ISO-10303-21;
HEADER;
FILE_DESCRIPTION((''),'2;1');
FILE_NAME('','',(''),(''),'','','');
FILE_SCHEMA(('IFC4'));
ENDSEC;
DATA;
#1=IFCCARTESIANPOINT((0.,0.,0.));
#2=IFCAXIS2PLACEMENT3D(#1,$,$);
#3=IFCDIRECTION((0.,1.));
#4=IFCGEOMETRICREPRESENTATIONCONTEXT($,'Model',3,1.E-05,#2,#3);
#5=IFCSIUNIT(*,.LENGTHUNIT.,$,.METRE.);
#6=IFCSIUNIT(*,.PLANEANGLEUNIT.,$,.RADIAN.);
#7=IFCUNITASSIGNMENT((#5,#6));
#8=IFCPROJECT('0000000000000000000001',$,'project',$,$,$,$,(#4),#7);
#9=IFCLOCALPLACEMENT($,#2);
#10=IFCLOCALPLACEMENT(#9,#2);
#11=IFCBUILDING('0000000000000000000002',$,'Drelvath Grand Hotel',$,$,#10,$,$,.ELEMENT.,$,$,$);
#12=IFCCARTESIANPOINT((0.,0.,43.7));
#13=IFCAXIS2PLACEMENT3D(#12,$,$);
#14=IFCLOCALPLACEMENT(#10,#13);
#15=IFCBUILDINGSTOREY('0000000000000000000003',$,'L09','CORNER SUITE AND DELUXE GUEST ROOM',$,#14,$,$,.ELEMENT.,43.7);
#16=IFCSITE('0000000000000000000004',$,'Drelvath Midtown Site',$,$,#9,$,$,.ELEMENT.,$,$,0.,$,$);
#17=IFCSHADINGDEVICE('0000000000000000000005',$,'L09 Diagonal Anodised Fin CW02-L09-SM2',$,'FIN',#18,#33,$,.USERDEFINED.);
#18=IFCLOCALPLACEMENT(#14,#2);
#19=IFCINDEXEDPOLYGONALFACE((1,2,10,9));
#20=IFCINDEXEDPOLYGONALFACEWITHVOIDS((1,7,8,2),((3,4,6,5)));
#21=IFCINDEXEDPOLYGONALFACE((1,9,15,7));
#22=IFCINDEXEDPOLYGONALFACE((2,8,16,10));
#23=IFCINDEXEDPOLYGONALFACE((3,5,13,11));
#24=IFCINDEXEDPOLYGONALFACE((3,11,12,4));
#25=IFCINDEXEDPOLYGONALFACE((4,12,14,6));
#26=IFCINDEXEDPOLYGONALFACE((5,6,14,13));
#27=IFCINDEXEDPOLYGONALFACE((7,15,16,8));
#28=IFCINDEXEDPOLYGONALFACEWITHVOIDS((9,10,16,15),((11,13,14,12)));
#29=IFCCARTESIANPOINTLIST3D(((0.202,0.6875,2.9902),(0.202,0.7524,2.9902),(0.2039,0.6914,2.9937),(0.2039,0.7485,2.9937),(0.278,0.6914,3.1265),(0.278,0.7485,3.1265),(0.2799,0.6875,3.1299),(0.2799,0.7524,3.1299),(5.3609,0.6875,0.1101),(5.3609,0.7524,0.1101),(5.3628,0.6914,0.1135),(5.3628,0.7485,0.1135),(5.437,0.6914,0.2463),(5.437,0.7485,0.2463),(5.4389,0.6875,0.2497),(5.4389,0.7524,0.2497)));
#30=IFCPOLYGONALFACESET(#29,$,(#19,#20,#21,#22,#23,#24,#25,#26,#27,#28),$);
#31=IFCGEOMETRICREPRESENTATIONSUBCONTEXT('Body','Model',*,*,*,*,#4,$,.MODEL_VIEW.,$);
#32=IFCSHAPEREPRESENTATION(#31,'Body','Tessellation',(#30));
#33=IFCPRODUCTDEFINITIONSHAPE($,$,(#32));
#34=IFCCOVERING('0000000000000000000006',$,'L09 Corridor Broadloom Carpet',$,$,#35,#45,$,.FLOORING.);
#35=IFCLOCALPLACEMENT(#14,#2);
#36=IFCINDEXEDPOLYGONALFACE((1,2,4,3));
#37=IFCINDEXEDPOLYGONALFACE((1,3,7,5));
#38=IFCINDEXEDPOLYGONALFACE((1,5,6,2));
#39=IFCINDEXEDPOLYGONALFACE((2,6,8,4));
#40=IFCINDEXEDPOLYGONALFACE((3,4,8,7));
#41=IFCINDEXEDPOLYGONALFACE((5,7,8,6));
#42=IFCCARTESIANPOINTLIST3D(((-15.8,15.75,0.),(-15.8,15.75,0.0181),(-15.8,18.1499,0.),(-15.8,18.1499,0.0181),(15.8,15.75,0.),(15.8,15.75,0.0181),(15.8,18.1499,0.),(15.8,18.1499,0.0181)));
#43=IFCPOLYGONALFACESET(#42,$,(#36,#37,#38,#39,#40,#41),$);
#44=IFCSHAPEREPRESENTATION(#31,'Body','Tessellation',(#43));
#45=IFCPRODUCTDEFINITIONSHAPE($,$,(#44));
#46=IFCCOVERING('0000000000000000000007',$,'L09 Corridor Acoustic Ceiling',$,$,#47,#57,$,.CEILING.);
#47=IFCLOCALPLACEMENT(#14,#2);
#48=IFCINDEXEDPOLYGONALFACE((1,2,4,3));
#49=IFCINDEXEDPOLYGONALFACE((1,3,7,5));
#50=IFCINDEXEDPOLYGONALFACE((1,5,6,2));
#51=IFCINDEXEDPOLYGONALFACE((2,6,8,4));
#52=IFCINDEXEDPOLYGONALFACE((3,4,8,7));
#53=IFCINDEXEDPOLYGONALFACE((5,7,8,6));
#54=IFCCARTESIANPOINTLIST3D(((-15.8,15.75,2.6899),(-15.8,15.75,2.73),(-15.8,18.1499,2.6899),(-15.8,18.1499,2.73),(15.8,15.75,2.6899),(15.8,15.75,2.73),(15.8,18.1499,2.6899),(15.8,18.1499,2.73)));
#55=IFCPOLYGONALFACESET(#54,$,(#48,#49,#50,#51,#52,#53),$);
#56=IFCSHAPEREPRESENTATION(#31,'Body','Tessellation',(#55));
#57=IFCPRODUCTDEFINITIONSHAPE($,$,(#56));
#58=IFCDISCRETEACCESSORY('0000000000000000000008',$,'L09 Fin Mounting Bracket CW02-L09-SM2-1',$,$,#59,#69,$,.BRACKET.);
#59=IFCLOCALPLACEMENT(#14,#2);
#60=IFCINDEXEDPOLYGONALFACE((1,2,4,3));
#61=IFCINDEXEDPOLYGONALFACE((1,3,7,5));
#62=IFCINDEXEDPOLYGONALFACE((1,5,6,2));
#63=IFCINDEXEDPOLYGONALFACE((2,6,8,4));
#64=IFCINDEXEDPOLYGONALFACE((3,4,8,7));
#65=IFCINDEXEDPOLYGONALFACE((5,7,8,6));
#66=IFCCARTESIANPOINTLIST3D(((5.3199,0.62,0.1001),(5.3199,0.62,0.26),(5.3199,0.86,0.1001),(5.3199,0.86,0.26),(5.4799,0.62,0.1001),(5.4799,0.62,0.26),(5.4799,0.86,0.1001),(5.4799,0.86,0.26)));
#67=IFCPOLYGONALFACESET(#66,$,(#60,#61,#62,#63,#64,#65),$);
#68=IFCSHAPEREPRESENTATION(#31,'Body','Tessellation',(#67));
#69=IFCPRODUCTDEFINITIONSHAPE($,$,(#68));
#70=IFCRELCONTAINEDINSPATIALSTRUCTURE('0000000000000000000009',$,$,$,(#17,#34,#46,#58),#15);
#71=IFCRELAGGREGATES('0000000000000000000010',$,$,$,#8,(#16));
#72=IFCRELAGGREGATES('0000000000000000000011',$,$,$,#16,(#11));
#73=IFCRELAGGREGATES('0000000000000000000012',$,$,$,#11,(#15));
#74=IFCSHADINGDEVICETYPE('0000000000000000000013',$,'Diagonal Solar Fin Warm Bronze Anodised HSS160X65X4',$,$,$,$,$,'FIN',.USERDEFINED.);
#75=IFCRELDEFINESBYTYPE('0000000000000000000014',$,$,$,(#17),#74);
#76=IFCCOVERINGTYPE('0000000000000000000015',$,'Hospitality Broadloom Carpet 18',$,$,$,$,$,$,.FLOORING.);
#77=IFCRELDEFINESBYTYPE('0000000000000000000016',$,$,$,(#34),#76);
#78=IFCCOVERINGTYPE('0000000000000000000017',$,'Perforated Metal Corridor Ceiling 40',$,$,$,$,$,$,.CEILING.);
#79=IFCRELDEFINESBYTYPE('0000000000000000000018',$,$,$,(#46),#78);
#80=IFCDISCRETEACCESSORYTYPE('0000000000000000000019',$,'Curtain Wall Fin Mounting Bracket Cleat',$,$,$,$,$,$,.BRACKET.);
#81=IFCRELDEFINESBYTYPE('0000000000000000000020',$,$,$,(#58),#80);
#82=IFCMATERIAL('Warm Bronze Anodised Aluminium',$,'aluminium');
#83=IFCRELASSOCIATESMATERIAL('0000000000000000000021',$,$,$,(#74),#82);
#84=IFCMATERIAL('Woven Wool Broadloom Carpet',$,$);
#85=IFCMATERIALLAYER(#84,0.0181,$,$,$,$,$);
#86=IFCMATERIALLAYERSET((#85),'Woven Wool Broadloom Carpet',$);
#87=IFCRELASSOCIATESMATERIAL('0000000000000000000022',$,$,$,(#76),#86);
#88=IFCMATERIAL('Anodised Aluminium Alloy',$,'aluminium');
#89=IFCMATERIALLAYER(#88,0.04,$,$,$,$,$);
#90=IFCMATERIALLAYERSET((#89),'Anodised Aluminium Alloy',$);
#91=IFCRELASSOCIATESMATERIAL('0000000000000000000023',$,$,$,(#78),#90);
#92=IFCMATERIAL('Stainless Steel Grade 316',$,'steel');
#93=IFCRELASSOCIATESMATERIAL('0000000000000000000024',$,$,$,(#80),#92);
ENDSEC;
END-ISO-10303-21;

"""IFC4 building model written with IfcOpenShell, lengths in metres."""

from ifc_helpers import new_model, si_unit, direction, frame, origin, origin_2d, place, context, subcontext, project, spatial, polyline, rectangle, hollow_rectangle, outline, extrude, material, layer, layer_set, material_profile, profile_set, type_object, element, save


model = new_model("IFC4")

# Units and contexts
model_context = context("Model", 3, precision=1e-05, world=origin(), true_north=direction((0.0, 1.0)))
body_context = subcontext(model_context, "Body", "Model", "MODEL_VIEW")
ifc_project = project(units=[si_unit("LENGTHUNIT", "METRE"), si_unit("PLANEANGLEUNIT", "RADIAN")], contexts=[model_context])

# Site, building, storey
site_placement = place(None, origin())
site = spatial("IfcSite", under=ifc_project, at=site_placement, Name="Drelvath Midtown Site", CompositionType="ELEMENT", RefElevation=0.0)
building_placement = place(site_placement, origin())
building = spatial("IfcBuilding", under=site, at=building_placement, Name="Drelvath Grand Hotel", CompositionType="ELEMENT")
storey_placement = place(building_placement, frame((0.0, 0.0, 43.7)))
storey = spatial("IfcBuildingStorey", under=building, at=storey_placement, Name="L09", Description="CORNER SUITE AND DELUXE GUEST ROOM", CompositionType="ELEMENT", Elevation=43.7)

# Shading device
ifc_material_1 = material(Name="Warm Bronze Anodised Aluminium", Category="aluminium")
ifc_material_profile_1 = material_profile(ifc_material_1, hollow_rectangle(XDim=0.0649, YDim=0.1599, WallThickness=0.0039, at=origin_2d()), Name="HSS160X65X4")
ifc_profile_set_1 = profile_set([ifc_material_profile_1], Name="Warm Bronze Anodised Aluminium")
shading_device_type = type_object("IfcShadingDeviceType", Name="Diagonal Solar Fin Warm Bronze Anodised HSS160X65X4", ElementType="FIN", PredefinedType="USERDEFINED", material=ifc_profile_set_1)
shading_device_placement = place(storey_placement, frame((5.3999, 0.72, 0.1799), z_axis=(-0.873146, 0.0, 0.487459), x_axis=(0.0, -1.0, 0.0)))
element("IfcShadingDevice", 1, at=shading_device_placement, inside=storey, type_object=shading_device_type, Name="L09 Diagonal Anodised Fin CW02-L09-SM2", ObjectType="FIN", PredefinedType="USERDEFINED", context=body_context, shape_type="SweptSolid", body=[
    extrude(hollow_rectangle(XDim=0.0649, YDim=0.1599, WallThickness=0.0039, at=origin_2d()), origin(), (0.0, 0.0, 1.0), 5.9084),
])

# Coverings
ifc_material_2 = material(Name="Woven Wool Broadloom Carpet")
ifc_layer_1 = layer(ifc_material_2, 0.0181)
ifc_layer_set_1 = layer_set([ifc_layer_1], Name="Woven Wool Broadloom Carpet")
covering_type_1 = type_object("IfcCoveringType", Name="Hospitality Broadloom Carpet 18", PredefinedType="FLOORING", material=ifc_layer_set_1)
covering_1_placement = place(storey_placement, origin())
element("IfcCovering", 2, at=covering_1_placement, inside=storey, type_object=covering_type_1, Name="L09 Corridor Broadloom Carpet", PredefinedType="FLOORING", context=body_context, shape_type="SweptSolid", body=[
    extrude(outline(polyline([(15.8, 15.75), (15.8, 18.1499), (-15.8, 18.1499), (-15.8, 15.75), (15.8, 15.75)])), origin(), (0.0, 0.0, 1.0), 0.0181),
])
ifc_material_3 = material(Name="Anodised Aluminium Alloy", Category="aluminium")
ifc_layer_2 = layer(ifc_material_3, 0.04)
ifc_layer_set_2 = layer_set([ifc_layer_2], Name="Anodised Aluminium Alloy")
covering_type_2 = type_object("IfcCoveringType", Name="Perforated Metal Corridor Ceiling 40", PredefinedType="CEILING", material=ifc_layer_set_2)
covering_2_placement = place(storey_placement, frame((0.0, 0.0, 2.6899)))
element("IfcCovering", 3, at=covering_2_placement, inside=storey, type_object=covering_type_2, Name="L09 Corridor Acoustic Ceiling", PredefinedType="CEILING", context=body_context, shape_type="SweptSolid", body=[
    extrude(outline(polyline([(15.8, 15.75), (15.8, 18.1499), (-15.8, 18.1499), (-15.8, 15.75), (15.8, 15.75)])), origin(), (0.0, 0.0, 1.0), 0.04),
])

# Discrete accessory
ifc_material_4 = material(Name="Stainless Steel Grade 316", Category="steel")
discrete_accessory_type = type_object("IfcDiscreteAccessoryType", Name="Curtain Wall Fin Mounting Bracket Cleat", PredefinedType="BRACKET", material=ifc_material_4)
discrete_accessory_placement = place(storey_placement, frame((5.3999, 0.74, 0.1001), z_axis=(0.0, 0.0, 1.0), x_axis=(-1.0, 0.0, 0.0)))
element("IfcDiscreteAccessory", 4, at=discrete_accessory_placement, inside=storey, type_object=discrete_accessory_type, Name="L09 Fin Mounting Bracket CW02-L09-SM2-1", PredefinedType="BRACKET", context=body_context, shape_type="SweptSolid", body=[
    extrude(rectangle(XDim=0.1599, YDim=0.24, at=origin_2d()), origin(), (0.0, 0.0, 1.0), 0.1599),
])

save(model, "model.ifc")
